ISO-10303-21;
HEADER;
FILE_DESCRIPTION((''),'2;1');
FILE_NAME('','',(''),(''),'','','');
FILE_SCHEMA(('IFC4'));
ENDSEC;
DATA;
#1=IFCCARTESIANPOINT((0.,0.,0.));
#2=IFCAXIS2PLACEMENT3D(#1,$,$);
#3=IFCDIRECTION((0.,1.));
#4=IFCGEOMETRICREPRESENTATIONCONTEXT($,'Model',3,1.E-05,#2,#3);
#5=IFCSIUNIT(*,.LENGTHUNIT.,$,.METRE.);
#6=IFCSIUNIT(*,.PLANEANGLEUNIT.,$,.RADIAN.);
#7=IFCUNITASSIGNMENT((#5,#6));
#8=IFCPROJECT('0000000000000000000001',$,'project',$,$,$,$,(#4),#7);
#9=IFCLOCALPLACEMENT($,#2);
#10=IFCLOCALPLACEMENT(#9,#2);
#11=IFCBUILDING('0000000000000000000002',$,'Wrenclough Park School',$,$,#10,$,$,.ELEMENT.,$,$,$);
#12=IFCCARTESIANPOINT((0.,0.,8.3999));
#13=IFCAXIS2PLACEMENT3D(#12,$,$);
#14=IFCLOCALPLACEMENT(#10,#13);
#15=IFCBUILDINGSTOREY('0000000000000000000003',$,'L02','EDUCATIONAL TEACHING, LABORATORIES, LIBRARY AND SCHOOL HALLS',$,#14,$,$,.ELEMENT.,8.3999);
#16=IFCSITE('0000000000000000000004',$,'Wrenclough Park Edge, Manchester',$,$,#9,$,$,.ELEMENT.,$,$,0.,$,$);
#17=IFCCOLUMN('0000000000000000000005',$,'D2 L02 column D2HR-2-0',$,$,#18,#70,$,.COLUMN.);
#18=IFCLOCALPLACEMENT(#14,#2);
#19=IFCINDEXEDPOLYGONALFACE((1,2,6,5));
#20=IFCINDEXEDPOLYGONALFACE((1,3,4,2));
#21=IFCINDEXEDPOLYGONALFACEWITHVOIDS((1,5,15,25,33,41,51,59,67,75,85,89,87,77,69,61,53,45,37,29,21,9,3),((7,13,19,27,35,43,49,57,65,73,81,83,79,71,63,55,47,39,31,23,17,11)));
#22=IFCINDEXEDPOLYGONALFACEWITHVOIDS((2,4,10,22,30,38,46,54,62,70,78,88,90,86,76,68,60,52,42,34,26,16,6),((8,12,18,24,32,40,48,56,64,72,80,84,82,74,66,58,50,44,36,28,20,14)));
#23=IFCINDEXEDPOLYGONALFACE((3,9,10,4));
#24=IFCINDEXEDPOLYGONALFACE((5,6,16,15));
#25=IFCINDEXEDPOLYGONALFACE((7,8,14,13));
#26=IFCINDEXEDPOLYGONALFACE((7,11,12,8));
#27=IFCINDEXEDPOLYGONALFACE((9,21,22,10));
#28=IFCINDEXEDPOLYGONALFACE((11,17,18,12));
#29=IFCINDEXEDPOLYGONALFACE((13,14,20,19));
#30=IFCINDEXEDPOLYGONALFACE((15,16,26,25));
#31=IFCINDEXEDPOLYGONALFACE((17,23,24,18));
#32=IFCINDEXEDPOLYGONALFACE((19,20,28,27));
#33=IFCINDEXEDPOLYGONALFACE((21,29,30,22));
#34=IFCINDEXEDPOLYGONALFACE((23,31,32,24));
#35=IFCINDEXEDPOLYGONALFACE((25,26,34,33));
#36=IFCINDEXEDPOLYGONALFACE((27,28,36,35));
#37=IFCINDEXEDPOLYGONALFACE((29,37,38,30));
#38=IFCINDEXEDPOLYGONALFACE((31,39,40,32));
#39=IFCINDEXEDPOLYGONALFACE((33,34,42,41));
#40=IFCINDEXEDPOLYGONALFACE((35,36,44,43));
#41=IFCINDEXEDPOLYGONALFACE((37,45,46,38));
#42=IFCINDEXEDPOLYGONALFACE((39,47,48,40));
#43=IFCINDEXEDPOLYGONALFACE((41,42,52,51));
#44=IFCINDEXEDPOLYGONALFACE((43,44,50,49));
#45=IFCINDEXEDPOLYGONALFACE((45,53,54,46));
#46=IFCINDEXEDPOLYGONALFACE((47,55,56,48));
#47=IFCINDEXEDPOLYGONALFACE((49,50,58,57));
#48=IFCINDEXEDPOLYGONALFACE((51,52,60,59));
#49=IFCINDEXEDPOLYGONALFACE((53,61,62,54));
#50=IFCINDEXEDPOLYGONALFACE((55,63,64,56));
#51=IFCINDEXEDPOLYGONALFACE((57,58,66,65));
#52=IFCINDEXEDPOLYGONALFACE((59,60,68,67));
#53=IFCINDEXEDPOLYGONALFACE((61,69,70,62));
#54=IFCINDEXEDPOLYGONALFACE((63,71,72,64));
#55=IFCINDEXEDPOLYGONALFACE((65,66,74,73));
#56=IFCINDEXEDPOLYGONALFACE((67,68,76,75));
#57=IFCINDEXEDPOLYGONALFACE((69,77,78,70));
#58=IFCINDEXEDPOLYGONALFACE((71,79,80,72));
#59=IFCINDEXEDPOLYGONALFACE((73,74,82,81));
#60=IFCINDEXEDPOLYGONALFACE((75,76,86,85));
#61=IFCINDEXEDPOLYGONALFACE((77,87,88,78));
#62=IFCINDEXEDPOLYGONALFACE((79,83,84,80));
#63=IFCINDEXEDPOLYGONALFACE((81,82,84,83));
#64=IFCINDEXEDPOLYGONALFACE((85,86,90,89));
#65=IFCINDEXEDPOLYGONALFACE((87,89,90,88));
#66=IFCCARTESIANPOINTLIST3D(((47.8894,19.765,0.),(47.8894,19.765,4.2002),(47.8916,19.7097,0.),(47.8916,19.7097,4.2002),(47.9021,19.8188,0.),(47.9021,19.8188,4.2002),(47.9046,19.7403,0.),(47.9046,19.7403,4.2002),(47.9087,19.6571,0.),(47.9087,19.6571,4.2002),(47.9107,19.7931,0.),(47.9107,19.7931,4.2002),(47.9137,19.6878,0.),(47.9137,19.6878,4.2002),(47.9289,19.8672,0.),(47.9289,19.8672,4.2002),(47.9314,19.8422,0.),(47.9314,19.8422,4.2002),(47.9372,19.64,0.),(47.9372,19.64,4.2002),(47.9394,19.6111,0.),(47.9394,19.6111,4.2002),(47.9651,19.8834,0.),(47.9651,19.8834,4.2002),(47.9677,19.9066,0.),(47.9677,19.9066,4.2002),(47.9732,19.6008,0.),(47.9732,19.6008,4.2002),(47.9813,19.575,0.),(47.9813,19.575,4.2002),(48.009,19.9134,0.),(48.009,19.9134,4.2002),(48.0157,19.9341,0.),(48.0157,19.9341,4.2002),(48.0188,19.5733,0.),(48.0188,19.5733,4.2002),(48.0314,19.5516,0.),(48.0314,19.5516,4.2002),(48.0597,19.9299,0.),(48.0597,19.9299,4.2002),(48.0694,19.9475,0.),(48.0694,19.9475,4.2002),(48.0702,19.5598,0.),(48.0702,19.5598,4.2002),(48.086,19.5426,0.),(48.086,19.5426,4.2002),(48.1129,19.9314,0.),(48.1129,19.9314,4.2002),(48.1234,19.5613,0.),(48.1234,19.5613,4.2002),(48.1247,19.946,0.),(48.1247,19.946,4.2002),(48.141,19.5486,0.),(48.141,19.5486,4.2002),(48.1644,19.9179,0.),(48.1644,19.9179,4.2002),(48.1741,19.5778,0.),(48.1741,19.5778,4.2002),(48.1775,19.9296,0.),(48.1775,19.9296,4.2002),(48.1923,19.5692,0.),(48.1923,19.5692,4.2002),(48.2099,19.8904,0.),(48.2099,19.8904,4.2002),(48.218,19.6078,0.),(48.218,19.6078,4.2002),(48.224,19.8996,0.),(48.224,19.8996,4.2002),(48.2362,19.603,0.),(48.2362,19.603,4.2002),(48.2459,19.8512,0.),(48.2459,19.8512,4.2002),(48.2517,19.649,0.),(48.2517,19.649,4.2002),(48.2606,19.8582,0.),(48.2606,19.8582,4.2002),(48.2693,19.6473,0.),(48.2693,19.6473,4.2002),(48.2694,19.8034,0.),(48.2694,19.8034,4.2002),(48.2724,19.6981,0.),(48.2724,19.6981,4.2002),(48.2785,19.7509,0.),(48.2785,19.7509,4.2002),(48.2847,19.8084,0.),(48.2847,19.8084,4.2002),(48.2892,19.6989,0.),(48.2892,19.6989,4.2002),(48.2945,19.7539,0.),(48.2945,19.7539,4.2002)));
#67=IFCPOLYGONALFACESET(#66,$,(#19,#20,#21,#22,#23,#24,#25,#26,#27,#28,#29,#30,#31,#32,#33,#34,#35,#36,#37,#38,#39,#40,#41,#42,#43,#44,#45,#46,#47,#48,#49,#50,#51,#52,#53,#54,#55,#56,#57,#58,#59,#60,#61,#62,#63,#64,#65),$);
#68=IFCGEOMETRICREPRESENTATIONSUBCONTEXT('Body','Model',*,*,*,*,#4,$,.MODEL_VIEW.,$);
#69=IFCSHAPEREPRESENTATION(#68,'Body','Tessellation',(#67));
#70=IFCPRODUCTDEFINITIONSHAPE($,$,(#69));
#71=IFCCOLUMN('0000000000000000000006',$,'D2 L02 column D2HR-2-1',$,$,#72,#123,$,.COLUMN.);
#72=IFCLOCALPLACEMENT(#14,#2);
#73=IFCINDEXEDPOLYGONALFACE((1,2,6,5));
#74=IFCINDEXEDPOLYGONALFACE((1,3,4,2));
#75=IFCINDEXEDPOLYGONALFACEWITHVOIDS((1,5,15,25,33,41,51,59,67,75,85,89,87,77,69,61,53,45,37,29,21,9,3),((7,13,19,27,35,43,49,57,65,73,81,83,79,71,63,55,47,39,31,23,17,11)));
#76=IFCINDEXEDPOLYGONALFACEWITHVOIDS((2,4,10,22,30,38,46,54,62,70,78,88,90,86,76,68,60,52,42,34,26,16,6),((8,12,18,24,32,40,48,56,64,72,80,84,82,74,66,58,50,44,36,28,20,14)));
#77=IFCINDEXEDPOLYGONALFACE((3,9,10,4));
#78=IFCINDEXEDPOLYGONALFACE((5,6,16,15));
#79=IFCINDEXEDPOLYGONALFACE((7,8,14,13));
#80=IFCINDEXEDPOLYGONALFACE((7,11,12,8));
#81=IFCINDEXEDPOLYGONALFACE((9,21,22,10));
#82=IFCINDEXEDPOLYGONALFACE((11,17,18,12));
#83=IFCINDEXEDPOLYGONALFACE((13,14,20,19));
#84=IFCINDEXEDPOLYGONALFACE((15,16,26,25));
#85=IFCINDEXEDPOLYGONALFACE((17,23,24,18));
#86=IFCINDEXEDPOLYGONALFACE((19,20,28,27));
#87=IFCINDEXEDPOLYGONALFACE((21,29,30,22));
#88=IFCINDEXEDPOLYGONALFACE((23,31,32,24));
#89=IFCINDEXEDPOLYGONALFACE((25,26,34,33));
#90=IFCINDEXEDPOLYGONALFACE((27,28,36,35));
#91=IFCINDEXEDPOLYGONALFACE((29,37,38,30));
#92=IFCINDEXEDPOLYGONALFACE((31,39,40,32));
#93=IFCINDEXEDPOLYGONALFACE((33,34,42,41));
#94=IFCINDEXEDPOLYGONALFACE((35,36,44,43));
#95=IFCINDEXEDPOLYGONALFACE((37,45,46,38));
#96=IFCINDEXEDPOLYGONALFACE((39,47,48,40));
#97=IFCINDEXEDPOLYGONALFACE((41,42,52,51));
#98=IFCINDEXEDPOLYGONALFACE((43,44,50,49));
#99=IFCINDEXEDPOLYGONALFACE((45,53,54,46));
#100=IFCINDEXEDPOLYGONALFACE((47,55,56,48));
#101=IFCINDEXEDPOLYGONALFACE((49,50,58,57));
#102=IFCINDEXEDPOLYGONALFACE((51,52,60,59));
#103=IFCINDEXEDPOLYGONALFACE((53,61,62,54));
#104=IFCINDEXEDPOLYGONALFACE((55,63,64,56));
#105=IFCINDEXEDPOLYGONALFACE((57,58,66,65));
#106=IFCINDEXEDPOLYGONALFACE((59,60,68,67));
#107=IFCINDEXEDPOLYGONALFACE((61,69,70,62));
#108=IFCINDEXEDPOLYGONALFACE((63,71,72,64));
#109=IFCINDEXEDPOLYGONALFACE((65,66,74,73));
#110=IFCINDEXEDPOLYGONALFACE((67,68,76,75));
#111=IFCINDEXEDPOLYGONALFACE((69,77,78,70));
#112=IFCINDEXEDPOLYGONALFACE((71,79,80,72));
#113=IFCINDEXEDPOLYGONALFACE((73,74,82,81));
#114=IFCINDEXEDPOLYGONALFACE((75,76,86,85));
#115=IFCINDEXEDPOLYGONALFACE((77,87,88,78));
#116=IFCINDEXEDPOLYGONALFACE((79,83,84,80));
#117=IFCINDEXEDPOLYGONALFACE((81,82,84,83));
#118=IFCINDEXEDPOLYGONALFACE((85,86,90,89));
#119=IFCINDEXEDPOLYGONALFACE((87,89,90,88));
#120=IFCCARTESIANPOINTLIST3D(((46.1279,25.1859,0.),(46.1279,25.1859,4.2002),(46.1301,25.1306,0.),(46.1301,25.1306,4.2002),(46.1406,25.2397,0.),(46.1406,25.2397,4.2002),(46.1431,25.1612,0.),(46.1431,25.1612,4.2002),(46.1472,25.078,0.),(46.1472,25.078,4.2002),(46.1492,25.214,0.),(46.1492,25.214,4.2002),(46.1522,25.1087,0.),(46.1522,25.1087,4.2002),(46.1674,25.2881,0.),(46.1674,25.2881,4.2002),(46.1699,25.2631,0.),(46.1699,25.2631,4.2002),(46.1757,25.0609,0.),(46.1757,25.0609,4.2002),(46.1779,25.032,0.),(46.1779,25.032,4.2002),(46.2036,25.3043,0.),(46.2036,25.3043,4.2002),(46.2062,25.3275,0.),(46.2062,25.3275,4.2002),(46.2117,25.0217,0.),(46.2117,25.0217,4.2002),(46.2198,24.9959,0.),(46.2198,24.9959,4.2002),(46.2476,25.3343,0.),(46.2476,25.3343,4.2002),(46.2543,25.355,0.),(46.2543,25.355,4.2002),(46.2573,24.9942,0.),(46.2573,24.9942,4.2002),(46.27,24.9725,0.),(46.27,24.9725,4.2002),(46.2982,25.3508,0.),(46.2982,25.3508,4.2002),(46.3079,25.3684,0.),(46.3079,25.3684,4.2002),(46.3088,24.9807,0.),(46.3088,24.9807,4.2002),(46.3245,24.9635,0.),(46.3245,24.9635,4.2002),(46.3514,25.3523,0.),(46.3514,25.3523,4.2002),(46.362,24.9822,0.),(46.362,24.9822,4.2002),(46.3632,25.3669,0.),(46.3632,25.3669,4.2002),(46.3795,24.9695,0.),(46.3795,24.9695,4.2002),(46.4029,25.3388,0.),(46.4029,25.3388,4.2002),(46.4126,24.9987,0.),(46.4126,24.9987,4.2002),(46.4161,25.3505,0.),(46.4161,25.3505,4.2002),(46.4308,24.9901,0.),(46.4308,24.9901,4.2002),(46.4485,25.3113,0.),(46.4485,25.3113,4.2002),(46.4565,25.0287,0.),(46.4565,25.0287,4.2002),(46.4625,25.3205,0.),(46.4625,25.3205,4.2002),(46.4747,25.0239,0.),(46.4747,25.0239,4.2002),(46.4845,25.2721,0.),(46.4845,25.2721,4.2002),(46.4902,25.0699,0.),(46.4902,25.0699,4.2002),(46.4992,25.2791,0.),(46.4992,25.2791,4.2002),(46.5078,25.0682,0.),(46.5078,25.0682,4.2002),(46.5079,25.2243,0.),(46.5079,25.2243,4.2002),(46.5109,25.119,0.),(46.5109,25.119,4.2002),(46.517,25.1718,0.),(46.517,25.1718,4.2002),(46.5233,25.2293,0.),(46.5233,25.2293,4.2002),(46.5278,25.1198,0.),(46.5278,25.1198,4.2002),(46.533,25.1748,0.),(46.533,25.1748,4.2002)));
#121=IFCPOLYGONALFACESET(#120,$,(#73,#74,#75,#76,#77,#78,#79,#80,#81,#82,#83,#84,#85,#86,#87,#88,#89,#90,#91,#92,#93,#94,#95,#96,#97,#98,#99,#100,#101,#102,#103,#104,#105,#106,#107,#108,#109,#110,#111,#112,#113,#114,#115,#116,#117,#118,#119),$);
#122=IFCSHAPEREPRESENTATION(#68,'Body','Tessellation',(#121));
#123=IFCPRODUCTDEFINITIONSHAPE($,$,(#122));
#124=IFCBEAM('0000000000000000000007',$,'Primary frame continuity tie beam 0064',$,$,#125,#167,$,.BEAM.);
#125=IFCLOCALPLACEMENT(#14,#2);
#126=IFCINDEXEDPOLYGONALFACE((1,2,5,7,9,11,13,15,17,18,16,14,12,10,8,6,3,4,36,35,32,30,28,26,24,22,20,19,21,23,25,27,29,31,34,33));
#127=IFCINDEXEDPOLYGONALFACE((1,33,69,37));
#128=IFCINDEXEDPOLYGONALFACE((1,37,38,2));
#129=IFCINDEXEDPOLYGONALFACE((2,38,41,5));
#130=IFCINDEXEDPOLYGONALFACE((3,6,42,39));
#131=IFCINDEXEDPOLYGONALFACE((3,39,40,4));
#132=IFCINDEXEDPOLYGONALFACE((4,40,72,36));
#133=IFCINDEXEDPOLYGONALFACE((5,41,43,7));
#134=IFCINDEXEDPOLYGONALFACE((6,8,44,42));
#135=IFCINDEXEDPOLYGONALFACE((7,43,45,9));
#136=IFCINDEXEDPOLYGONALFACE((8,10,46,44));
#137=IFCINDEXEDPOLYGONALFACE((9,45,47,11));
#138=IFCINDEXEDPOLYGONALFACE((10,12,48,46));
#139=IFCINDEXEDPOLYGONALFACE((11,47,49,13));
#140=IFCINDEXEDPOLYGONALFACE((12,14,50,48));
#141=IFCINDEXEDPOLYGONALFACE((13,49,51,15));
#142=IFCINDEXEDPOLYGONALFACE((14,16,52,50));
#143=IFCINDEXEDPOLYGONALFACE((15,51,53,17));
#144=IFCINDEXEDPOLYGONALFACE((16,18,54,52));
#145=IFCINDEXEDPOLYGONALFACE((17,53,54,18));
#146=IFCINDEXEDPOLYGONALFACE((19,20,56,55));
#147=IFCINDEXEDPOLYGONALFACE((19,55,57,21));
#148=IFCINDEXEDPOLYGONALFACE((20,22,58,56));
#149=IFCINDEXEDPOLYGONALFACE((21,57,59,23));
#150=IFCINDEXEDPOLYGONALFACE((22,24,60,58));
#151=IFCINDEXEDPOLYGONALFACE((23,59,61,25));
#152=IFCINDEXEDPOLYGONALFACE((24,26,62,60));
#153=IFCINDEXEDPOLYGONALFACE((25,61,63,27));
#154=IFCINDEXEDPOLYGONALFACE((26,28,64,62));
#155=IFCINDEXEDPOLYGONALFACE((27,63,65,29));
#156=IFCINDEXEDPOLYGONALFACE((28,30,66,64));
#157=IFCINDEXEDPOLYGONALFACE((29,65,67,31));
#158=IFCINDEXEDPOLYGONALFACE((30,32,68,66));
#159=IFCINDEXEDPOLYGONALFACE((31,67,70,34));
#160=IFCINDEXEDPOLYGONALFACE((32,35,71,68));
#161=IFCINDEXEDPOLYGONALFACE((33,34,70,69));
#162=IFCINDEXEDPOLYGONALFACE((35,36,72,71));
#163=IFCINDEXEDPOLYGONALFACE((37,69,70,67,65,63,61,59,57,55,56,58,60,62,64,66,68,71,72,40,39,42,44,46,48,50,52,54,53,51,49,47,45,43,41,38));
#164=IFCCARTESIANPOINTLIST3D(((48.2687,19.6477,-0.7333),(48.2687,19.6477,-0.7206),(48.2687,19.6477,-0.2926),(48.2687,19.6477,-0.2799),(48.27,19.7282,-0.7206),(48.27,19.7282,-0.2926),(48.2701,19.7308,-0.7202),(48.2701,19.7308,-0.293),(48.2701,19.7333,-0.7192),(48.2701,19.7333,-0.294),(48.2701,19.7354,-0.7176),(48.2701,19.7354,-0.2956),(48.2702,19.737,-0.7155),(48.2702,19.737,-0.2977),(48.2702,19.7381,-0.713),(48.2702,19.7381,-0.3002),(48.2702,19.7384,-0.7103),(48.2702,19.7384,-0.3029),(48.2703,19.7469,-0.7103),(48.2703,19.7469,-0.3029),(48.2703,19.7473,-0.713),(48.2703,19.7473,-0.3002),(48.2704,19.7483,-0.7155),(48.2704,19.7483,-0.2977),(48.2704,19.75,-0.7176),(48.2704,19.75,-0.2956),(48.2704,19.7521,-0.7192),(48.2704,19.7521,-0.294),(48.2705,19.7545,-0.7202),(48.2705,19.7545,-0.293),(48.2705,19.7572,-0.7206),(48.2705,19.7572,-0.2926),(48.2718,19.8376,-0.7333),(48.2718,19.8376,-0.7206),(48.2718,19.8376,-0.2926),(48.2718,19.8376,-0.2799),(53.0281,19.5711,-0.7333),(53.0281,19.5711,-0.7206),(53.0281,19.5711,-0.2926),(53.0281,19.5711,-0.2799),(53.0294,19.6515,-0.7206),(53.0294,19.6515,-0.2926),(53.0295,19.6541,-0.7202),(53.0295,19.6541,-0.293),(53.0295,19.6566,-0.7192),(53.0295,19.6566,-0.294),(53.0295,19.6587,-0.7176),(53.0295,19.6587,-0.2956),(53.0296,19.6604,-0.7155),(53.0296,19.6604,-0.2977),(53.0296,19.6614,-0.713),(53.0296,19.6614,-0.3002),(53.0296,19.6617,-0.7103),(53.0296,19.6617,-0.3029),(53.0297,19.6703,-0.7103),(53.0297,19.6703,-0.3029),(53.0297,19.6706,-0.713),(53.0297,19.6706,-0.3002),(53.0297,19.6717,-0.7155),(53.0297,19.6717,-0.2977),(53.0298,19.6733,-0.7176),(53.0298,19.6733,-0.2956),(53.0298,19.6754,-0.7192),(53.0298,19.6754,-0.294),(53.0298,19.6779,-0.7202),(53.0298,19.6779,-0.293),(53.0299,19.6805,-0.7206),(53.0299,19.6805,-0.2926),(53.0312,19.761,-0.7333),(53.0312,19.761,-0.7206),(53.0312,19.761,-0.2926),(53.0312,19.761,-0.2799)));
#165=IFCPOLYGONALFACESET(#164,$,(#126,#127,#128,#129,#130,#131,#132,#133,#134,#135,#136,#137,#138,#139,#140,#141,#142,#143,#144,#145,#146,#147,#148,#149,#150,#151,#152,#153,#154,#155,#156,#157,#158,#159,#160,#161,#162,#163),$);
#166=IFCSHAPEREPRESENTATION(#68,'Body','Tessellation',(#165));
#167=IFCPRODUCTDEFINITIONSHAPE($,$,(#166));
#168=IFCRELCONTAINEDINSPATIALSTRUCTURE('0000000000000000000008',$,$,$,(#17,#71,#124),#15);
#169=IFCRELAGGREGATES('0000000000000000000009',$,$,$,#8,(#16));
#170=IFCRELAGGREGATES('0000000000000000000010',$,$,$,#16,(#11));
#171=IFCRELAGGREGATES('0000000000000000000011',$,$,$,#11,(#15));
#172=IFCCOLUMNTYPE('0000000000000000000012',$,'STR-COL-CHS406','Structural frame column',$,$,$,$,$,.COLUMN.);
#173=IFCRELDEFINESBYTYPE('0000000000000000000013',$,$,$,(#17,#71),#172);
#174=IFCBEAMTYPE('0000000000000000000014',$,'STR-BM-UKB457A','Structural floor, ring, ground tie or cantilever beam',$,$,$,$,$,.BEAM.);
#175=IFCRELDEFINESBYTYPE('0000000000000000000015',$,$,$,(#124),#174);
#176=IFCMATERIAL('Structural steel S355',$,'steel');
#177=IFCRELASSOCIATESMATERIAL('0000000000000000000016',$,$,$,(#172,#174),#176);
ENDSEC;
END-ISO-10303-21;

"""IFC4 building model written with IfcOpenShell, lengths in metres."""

from ifc_helpers import new_model, si_unit, direction, frame, origin, origin_2d, place, context, subcontext, project, spatial, hollow_circle, i_section, extrude, material, material_profile, profile_set, type_object, element, save


model = new_model("IFC4")

# Units and contexts
model_context = context("Model", 3, precision=1e-05, world=origin(), true_north=direction((0.0, 1.0)))
body_context = subcontext(model_context, "Body", "Model", "MODEL_VIEW")
ifc_project = project(units=[si_unit("LENGTHUNIT", "METRE"), si_unit("PLANEANGLEUNIT", "RADIAN")], contexts=[model_context])

# Site, building, storey
site_placement = place(None, origin())
site = spatial("IfcSite", under=ifc_project, at=site_placement, Name="Wrenclough Park Edge, Manchester", CompositionType="ELEMENT", RefElevation=0.0)
building_placement = place(site_placement, origin())
building = spatial("IfcBuilding", under=site, at=building_placement, Name="Wrenclough Park School", CompositionType="ELEMENT")
storey_placement = place(building_placement, frame((0.0, 0.0, 8.3999)))
storey = spatial("IfcBuildingStorey", under=building, at=storey_placement, Name="L02", Description="EDUCATIONAL TEACHING, LABORATORIES, LIBRARY AND SCHOOL HALLS", CompositionType="ELEMENT", Elevation=8.3999)

# Columns
ifc_material_1 = material(Name="Structural steel S355", Category="steel")
ifc_material_profile_1 = material_profile(ifc_material_1, hollow_circle(Radius=0.2031, WallThickness=0.0161, at=origin_2d()), Name="CHS 406.4x16.0")
ifc_profile_set_1 = profile_set([ifc_material_profile_1], Name="Structural steel S355")
column_type_1 = type_object("IfcColumnType", Name="STR-COL-CHS406", Description="Structural frame column", PredefinedType="COLUMN", material=ifc_profile_set_1)
for number, where, z_axis, x_axis, name in (
    (1, (48.0916, 19.7456, 0.0), (0.0, 0.0, 1.0), (0.951057, 0.309017, 0.0), "D2 L02 column D2HR-2-0"),
    (2, (46.3301, 25.1665, 0.0), (0.0, 0.0, 1.0), (0.951057, 0.309017, 0.0), "D2 L02 column D2HR-2-1"),
):
    element("IfcColumn", number, at=place(storey_placement, frame(where, z_axis=z_axis, x_axis=x_axis)), inside=storey, type_object=column_type_1, Name=name, PredefinedType="COLUMN", context=body_context, shape_type="SweptSolid", body=[
        extrude(hollow_circle(Radius=0.2031, WallThickness=0.0161, at=origin_2d()), origin(), (0.0, 0.0, 1.0), 4.2002),
    ])

# Beam
ifc_material_profile_2 = material_profile(ifc_material_1, i_section(OverallWidth=0.1899, OverallDepth=0.4534, WebThickness=0.0085, FlangeThickness=0.0127, FilletRadius=0.0103, at=origin_2d()), Name="UKB 457x191x67")
ifc_profile_set_2 = profile_set([ifc_material_profile_2], Name="Structural steel S355")
beam_type_1 = type_object("IfcBeamType", Name="STR-BM-UKB457A", Description="Structural floor, ring, ground tie or cantilever beam", PredefinedType="BEAM", material=ifc_profile_set_2)
beam_1_placement = place(storey_placement, frame((48.2703, 19.7427, -0.5066), z_axis=(0.99987, -0.016105, 0.0), x_axis=(0.016105, 0.99987, 0.0)))
element("IfcBeam", 3, at=beam_1_placement, inside=storey, type_object=beam_type_1, Name="Primary frame continuity tie beam 0064", PredefinedType="BEAM", context=body_context, shape_type="SweptSolid", body=[
    extrude(i_section(OverallWidth=0.1899, OverallDepth=0.4534, WebThickness=0.0085, FlangeThickness=0.0127, FilletRadius=0.0103, at=origin_2d()), origin(), (0.0, 0.0, 1.0), 4.76),
])

save(model, "model.ifc")
